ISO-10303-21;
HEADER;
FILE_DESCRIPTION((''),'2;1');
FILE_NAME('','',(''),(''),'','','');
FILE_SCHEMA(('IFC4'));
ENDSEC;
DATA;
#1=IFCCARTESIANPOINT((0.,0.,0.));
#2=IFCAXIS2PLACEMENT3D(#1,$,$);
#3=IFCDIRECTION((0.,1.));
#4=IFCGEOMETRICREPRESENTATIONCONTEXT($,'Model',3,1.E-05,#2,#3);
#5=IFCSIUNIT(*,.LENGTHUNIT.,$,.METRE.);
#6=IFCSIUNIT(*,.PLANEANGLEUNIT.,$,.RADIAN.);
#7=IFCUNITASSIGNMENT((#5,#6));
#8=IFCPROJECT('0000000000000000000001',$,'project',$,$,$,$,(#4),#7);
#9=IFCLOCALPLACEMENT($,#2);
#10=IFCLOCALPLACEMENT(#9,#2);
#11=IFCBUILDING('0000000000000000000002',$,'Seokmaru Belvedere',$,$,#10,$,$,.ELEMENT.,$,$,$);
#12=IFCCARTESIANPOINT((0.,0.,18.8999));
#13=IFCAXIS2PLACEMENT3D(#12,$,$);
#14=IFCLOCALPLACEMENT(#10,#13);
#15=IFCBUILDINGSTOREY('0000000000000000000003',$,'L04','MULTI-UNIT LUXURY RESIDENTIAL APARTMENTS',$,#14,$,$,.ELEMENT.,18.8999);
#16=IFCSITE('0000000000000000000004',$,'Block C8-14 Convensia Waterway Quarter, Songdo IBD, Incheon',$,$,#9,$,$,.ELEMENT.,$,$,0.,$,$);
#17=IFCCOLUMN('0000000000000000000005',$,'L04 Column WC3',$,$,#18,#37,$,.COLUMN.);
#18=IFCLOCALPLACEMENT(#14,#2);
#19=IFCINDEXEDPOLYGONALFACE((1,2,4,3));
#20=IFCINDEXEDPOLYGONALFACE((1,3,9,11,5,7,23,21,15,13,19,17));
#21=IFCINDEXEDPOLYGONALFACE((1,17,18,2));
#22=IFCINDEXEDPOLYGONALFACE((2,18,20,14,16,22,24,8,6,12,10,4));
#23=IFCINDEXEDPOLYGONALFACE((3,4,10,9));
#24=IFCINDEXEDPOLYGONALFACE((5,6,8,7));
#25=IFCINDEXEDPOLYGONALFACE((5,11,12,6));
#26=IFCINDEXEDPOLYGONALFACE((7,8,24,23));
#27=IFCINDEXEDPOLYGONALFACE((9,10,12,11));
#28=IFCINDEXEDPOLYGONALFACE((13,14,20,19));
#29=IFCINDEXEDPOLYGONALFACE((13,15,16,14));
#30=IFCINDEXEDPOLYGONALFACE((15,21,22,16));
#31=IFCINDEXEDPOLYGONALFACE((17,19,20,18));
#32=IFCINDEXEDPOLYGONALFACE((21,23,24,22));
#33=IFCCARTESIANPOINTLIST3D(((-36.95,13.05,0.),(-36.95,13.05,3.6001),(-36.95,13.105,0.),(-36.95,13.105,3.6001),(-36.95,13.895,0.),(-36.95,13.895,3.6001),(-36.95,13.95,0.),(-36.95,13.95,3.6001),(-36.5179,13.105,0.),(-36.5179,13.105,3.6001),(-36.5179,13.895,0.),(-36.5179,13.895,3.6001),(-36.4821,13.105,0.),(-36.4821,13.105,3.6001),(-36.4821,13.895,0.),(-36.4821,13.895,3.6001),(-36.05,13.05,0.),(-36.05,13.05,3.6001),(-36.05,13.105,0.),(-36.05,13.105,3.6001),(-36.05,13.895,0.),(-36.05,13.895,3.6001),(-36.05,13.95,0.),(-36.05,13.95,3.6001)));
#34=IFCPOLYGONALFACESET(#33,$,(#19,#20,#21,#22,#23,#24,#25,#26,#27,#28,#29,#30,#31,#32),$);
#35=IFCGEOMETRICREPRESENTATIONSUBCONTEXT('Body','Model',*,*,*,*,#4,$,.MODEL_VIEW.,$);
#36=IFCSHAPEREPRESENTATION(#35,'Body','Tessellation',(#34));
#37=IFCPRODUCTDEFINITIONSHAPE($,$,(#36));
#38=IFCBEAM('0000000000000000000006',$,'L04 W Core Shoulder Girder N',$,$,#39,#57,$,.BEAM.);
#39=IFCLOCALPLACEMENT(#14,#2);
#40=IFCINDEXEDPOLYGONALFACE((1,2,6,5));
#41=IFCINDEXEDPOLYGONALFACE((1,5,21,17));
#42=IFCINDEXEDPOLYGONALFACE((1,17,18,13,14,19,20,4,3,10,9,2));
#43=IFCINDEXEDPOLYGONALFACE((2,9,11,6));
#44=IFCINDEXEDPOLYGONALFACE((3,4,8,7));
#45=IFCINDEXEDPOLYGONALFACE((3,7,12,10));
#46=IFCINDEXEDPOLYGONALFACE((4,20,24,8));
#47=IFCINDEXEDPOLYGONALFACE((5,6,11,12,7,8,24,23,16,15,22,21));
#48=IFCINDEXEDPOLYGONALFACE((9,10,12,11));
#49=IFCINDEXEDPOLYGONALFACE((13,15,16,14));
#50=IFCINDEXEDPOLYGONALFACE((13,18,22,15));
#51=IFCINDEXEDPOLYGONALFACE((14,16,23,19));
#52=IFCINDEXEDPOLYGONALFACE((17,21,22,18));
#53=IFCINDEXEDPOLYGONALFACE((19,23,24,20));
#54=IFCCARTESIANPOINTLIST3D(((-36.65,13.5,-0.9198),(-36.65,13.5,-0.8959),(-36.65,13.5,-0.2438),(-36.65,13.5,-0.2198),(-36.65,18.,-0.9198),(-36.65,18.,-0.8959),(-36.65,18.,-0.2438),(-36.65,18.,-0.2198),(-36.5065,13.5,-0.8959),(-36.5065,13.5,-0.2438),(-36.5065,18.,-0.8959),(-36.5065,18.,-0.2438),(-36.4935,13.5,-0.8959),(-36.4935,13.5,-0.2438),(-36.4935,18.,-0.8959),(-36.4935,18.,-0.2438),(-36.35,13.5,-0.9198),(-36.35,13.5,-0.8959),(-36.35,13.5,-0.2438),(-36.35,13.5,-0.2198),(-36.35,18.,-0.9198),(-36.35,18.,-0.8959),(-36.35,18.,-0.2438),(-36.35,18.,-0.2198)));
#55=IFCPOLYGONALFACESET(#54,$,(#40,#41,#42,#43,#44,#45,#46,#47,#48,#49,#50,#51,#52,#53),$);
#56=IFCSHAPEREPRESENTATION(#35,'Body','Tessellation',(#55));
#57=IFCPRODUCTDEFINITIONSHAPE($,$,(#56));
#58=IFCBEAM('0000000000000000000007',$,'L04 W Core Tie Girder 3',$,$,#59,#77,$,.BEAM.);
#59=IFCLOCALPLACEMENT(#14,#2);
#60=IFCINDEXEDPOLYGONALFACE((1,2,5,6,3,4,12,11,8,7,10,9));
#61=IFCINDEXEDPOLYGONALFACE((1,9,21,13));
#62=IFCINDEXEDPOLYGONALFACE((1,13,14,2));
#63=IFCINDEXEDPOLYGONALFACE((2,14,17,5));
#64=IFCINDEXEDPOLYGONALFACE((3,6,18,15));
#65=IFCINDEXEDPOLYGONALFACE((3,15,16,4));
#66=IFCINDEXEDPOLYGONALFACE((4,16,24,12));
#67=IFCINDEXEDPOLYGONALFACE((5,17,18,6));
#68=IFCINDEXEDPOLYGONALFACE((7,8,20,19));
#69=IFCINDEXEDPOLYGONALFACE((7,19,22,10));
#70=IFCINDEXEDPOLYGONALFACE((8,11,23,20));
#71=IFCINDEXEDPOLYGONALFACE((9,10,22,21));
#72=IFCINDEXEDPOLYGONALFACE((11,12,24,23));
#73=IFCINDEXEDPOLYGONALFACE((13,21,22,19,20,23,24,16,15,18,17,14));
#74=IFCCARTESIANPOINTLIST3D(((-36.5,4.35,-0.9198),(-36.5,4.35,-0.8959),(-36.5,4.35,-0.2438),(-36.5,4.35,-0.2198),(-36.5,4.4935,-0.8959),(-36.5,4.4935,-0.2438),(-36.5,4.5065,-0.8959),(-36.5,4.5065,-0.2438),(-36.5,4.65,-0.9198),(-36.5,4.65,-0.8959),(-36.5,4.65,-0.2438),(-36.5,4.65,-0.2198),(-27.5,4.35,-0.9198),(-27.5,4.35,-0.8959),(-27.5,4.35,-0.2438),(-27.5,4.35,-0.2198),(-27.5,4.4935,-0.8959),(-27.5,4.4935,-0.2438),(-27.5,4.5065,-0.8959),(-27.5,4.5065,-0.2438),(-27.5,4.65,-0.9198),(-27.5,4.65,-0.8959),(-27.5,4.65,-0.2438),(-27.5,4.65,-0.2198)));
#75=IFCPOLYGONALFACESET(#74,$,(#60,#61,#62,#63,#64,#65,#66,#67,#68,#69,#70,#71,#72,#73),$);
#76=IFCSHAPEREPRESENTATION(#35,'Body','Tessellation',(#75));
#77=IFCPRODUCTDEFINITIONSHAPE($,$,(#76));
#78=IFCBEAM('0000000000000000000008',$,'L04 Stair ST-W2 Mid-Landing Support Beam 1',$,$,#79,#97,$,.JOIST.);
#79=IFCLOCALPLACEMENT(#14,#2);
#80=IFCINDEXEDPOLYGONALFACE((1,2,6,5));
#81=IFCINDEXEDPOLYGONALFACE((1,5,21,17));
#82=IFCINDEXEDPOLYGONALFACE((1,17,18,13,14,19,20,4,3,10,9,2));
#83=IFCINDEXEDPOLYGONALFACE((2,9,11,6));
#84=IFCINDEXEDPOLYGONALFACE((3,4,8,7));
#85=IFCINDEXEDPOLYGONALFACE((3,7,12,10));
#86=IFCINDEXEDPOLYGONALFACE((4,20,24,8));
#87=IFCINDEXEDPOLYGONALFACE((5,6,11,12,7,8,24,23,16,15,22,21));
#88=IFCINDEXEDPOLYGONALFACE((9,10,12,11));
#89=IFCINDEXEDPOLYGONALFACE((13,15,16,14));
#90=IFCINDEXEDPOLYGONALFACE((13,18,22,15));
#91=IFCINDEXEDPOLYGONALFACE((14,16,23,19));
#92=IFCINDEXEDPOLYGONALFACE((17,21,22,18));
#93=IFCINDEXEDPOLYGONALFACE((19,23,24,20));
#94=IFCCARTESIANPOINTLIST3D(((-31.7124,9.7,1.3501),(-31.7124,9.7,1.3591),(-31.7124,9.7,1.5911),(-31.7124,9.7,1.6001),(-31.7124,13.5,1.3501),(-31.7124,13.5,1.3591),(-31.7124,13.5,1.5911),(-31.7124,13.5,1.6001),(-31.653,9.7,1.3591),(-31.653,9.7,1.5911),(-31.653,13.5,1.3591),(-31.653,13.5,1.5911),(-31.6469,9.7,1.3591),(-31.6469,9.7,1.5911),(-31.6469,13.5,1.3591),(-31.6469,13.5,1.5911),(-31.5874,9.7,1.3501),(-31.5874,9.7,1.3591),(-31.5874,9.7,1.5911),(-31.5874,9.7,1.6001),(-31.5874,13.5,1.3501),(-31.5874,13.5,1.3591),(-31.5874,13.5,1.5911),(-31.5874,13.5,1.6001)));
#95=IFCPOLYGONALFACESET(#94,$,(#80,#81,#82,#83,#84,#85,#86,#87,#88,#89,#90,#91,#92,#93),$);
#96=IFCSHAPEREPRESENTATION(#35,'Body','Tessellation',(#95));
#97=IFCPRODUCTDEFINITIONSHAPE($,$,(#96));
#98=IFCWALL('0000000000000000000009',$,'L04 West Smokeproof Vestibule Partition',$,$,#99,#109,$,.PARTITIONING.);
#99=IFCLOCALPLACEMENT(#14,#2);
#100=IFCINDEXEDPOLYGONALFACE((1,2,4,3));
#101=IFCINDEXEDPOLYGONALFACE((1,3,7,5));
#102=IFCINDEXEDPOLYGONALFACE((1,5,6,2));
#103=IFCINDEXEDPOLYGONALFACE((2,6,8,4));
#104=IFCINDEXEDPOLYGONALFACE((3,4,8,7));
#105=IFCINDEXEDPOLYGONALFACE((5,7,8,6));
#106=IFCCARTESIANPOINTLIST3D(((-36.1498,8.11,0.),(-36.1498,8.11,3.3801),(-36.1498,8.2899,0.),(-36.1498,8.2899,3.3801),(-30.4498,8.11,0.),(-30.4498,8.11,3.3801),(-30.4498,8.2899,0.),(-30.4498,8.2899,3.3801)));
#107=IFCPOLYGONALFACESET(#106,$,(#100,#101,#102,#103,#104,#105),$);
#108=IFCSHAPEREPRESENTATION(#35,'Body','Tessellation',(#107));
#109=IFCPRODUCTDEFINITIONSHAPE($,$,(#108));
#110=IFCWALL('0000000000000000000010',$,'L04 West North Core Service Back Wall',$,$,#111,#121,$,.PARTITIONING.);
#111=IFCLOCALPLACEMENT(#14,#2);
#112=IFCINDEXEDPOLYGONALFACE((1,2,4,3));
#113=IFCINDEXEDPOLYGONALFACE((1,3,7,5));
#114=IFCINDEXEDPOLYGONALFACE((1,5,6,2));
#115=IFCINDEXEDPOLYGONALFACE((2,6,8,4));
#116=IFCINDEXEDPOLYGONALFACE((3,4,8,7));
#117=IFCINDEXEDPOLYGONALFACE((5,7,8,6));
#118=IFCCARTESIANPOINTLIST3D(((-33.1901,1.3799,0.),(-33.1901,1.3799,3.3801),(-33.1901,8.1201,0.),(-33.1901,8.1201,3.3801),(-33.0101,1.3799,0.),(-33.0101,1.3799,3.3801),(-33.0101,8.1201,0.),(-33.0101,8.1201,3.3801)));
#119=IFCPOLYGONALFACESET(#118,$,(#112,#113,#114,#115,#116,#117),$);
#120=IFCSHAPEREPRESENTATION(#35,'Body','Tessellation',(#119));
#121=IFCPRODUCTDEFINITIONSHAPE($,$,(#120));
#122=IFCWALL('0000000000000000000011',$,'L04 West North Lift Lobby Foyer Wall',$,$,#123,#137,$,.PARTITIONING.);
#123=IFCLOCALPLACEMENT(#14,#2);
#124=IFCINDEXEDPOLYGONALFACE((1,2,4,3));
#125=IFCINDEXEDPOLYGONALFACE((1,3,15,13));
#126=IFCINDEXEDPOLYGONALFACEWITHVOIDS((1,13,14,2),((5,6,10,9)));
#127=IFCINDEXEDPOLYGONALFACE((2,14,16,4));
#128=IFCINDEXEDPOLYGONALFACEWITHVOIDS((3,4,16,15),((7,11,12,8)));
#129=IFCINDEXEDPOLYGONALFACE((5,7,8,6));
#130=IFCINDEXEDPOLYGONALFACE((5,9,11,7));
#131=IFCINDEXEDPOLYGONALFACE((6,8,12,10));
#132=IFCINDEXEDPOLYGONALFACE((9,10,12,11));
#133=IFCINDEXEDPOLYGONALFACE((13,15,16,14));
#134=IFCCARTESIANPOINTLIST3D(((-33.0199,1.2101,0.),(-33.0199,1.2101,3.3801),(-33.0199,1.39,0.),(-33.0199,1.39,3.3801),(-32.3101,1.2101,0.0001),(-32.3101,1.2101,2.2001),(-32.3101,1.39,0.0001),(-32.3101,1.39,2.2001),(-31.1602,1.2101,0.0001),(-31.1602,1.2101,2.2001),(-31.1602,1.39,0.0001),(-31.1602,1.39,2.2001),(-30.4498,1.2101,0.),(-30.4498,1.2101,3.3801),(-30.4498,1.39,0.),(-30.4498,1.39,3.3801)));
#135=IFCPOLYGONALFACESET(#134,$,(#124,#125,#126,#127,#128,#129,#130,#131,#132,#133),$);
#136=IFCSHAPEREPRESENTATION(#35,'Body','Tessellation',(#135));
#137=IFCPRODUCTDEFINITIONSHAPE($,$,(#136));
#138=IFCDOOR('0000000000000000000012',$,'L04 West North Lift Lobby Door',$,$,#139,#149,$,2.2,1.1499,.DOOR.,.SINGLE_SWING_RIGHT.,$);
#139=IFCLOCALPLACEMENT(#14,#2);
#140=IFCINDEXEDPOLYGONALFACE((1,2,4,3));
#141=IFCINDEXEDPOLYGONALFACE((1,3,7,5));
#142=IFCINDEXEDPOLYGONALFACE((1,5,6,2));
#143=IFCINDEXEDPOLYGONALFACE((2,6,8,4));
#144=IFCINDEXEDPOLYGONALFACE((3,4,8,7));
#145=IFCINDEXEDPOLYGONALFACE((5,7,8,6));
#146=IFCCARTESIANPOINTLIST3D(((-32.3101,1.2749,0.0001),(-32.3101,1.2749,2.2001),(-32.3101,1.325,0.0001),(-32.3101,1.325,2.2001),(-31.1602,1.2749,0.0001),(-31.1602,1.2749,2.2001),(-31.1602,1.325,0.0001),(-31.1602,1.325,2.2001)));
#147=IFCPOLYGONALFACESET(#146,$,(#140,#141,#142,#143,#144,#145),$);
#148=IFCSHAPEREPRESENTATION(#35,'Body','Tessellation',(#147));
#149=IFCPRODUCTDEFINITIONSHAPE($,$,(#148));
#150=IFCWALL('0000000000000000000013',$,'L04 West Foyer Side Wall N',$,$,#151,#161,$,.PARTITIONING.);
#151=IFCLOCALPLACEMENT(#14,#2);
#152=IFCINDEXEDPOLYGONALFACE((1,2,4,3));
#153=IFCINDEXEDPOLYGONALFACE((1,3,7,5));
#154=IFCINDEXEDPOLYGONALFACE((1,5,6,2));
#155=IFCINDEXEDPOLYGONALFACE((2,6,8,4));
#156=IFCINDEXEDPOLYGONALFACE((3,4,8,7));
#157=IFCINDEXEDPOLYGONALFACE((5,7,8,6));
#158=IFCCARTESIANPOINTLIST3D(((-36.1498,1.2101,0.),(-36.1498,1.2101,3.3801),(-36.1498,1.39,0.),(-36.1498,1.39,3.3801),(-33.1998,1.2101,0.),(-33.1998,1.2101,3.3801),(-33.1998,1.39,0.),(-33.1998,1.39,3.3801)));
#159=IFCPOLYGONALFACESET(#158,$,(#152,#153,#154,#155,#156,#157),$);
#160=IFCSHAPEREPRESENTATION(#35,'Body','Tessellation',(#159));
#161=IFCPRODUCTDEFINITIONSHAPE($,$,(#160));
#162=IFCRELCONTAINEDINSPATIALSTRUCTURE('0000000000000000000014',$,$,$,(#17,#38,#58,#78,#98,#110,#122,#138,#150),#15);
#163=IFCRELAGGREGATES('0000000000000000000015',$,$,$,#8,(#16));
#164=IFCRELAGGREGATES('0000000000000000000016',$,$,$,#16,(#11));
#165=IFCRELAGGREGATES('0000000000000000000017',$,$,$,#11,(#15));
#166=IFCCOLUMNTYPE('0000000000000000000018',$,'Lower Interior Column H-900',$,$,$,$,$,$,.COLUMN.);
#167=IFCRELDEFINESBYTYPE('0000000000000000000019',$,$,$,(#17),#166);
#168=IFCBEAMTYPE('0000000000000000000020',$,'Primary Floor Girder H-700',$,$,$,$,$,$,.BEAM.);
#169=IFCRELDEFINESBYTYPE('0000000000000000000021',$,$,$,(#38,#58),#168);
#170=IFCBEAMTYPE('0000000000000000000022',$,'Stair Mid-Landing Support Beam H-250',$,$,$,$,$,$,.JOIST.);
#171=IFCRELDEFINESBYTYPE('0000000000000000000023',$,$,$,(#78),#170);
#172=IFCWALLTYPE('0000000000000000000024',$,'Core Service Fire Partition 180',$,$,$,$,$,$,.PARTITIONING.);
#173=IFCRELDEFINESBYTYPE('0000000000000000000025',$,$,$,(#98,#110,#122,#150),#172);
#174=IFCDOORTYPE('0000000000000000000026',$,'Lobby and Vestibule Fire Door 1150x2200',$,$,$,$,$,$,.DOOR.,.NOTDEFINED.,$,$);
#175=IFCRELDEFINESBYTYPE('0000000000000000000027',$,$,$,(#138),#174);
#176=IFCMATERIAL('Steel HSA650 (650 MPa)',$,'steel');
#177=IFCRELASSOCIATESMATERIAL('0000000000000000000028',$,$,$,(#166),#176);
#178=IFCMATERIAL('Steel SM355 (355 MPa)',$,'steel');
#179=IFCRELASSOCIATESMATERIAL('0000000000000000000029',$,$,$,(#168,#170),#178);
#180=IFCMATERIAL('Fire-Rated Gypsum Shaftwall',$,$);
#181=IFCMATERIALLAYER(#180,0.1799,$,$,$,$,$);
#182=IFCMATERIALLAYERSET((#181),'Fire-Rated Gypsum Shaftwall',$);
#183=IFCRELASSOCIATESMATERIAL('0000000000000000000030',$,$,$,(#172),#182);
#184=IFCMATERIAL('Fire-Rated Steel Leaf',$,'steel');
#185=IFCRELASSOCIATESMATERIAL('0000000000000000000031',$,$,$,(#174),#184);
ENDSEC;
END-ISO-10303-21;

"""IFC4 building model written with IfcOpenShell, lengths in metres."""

from ifc_helpers import new_model, si_unit, direction, frame, frame_2d, origin, origin_2d, place, context, subcontext, project, spatial, rectangle, i_section, extrude, source, transform, mapped, material, layer, layer_set, material_profile, profile_set, type_object, type_shapes, element, fill, save


model = new_model("IFC4")

# Units and contexts
model_context = context("Model", 3, precision=1e-05, world=origin(), true_north=direction((0.0, 1.0)))
body_context = subcontext(model_context, "Body", "Model", "MODEL_VIEW")
ifc_project = project(units=[si_unit("LENGTHUNIT", "METRE"), si_unit("PLANEANGLEUNIT", "RADIAN")], contexts=[model_context])

# Site, building, storey
site_placement = place(None, origin())
site = spatial("IfcSite", under=ifc_project, at=site_placement, Name="Block C8-14 Convensia Waterway Quarter, Songdo IBD, Incheon", CompositionType="ELEMENT", RefElevation=0.0)
building_placement = place(site_placement, origin())
building = spatial("IfcBuilding", under=site, at=building_placement, Name="Seokmaru Belvedere", CompositionType="ELEMENT")
storey_placement = place(building_placement, frame((0.0, 0.0, 18.8999)))
storey = spatial("IfcBuildingStorey", under=building, at=storey_placement, Name="L04", Description="MULTI-UNIT LUXURY RESIDENTIAL APARTMENTS", CompositionType="ELEMENT", Elevation=18.8999)

# Column
ifc_material_1 = material(Name="Steel HSA650 (650 MPa)", Category="steel")
ifc_material_profile_1 = material_profile(ifc_material_1, i_section(OverallWidth=0.8999, OverallDepth=0.8999, WebThickness=0.0359, FlangeThickness=0.0549, at=origin_2d()), Name="H-900x900x36x55")
ifc_profile_set_1 = profile_set([ifc_material_profile_1], Name="Steel HSA650 (650 MPa)")
column_type = type_object("IfcColumnType", Name="Lower Interior Column H-900", PredefinedType="COLUMN", material=ifc_profile_set_1)
shared_shape_1 = source(origin(), body_context, "Body", "SweptSolid", [
    extrude(i_section(OverallWidth=0.8999, OverallDepth=0.8999, WebThickness=0.0359, FlangeThickness=0.0549, at=origin_2d()), origin(), (0.0, 0.0, 1.0), 3.6001),
])
type_shapes(column_type, [shared_shape_1])
column_placement = place(storey_placement, frame((-36.5, 13.5, 0.0), z_axis=(0.0, 0.0, 1.0), x_axis=(1.0, 0.0, 0.0)))
element("IfcColumn", 1, at=column_placement, inside=storey, type_object=column_type, Name="L04 Column WC3", PredefinedType="COLUMN", context=body_context, shape_type="MappedRepresentation", body=[
    mapped(shared_shape_1, transform((0.0, 0.0, 0.0), scale=1.0)),
])

# Beams
ifc_material_2 = material(Name="Steel SM355 (355 MPa)", Category="steel")
ifc_material_profile_2 = material_profile(ifc_material_2, i_section(OverallWidth=0.3, OverallDepth=0.7, WebThickness=0.0129, FlangeThickness=0.0239, at=origin_2d()), Name="H-700x300x13x24")
ifc_profile_set_2 = profile_set([ifc_material_profile_2], Name="Steel SM355 (355 MPa)")
beam_type_1 = type_object("IfcBeamType", Name="Primary Floor Girder H-700", PredefinedType="BEAM", material=ifc_profile_set_2)
shared_shape_2 = source(origin(), body_context, "Body", "SweptSolid", [
    extrude(i_section(OverallWidth=0.3, OverallDepth=0.7, WebThickness=0.0129, FlangeThickness=0.0239, at=origin_2d()), origin(), (0.0, 0.0, 1.0), 4.5),
])
beam_1_placement = place(storey_placement, frame((-36.5, 13.5, -0.5698), z_axis=(0.0, 1.0, 0.0), x_axis=(-1.0, 0.0, 0.0)))
element("IfcBeam", 2, at=beam_1_placement, inside=storey, type_object=beam_type_1, Name="L04 W Core Shoulder Girder N", PredefinedType="BEAM", context=body_context, shape_type="MappedRepresentation", body=[
    mapped(shared_shape_2, transform((0.0, 0.0, 0.0), scale=1.0)),
])
shared_shape_3 = source(origin(), body_context, "Body", "SweptSolid", [
    extrude(i_section(OverallWidth=0.3, OverallDepth=0.7, WebThickness=0.0129, FlangeThickness=0.0239, at=origin_2d()), origin(), (0.0, 0.0, 1.0), 9.0),
])
type_shapes(beam_type_1, [shared_shape_2, shared_shape_3])
beam_2_placement = place(storey_placement, frame((-36.5, 4.5, -0.5698), z_axis=(1.0, 0.0, 0.0), x_axis=(0.0, 1.0, 0.0)))
element("IfcBeam", 3, at=beam_2_placement, inside=storey, type_object=beam_type_1, Name="L04 W Core Tie Girder 3", PredefinedType="BEAM", context=body_context, shape_type="MappedRepresentation", body=[
    mapped(shared_shape_3, transform((0.0, 0.0, 0.0), scale=1.0)),
])
ifc_material_profile_3 = material_profile(ifc_material_2, i_section(OverallWidth=0.125, OverallDepth=0.25, WebThickness=0.0061, FlangeThickness=0.009, at=origin_2d()), Name="H-250x125x6x9")
ifc_profile_set_3 = profile_set([ifc_material_profile_3], Name="Steel SM355 (355 MPa)")
beam_type_2 = type_object("IfcBeamType", Name="Stair Mid-Landing Support Beam H-250", PredefinedType="JOIST", material=ifc_profile_set_3)
shared_shape_4 = source(origin(), body_context, "Body", "SweptSolid", [
    extrude(i_section(OverallWidth=0.125, OverallDepth=0.25, WebThickness=0.0061, FlangeThickness=0.009, at=origin_2d()), origin(), (0.0, 0.0, 1.0), 3.8),
])
type_shapes(beam_type_2, [shared_shape_4])
beam_3_placement = place(storey_placement, frame((-31.6499, 9.7, 1.4751), z_axis=(0.0, 1.0, 0.0), x_axis=(-1.0, 0.0, 0.0)))
element("IfcBeam", 4, at=beam_3_placement, inside=storey, type_object=beam_type_2, Name="L04 Stair ST-W2 Mid-Landing Support Beam 1", PredefinedType="JOIST", context=body_context, shape_type="MappedRepresentation", body=[
    mapped(shared_shape_4, transform((0.0, 0.0, 0.0), scale=1.0)),
])

# Walls
ifc_material_3 = material(Name="Fire-Rated Gypsum Shaftwall")
ifc_layer_1 = layer(ifc_material_3, 0.1799)
ifc_layer_set_1 = layer_set([ifc_layer_1], Name="Fire-Rated Gypsum Shaftwall")
wall_type_1 = type_object("IfcWallType", Name="Core Service Fire Partition 180", PredefinedType="PARTITIONING", material=ifc_layer_set_1)
wall_1_placement = place(storey_placement, frame((-36.1499, 8.2, 0.0), z_axis=(0.0, 0.0, 1.0), x_axis=(1.0, 0.0, 0.0)))
element("IfcWall", 5, at=wall_1_placement, inside=storey, type_object=wall_type_1, Name="L04 West Smokeproof Vestibule Partition", PredefinedType="PARTITIONING", context=body_context, shape_type="SweptSolid", body=[
    extrude(rectangle(XDim=5.7, YDim=0.1799, at=frame_2d((2.8501, 0.0))), origin(), (0.0, 0.0, 1.0), 3.3801),
])
wall_2_placement = place(storey_placement, frame((-33.1001, 1.3799, 0.0), z_axis=(0.0, 0.0, 1.0), x_axis=(0.0, 1.0, 0.0)))
element("IfcWall", 6, at=wall_2_placement, inside=storey, type_object=wall_type_1, Name="L04 West North Core Service Back Wall", PredefinedType="PARTITIONING", context=body_context, shape_type="SweptSolid", body=[
    extrude(rectangle(XDim=6.7402, YDim=0.1799, at=frame_2d((3.3701, 0.0))), origin(), (0.0, 0.0, 1.0), 3.3801),
])

# Wall, opening, door
wall_3_placement = place(storey_placement, frame((-33.02, 1.3, 0.0), z_axis=(0.0, 0.0, 1.0), x_axis=(1.0, 0.0, 0.0)))
wall_3 = element("IfcWall", 7, at=wall_3_placement, inside=storey, type_object=wall_type_1, Name="L04 West North Lift Lobby Foyer Wall", PredefinedType="PARTITIONING", context=body_context, shape_type="SweptSolid", body=[
    extrude(rectangle(XDim=2.5701, YDim=0.1799, at=frame_2d((1.2852, 0.0))), origin(), (0.0, 0.0, 1.0), 3.3801),
])
opening_1_placement = place(wall_3_placement, frame((0.71, 0.0, 0.0)))
opening_1 = element("IfcOpeningElement", 8, at=opening_1_placement, cuts=wall_3, PredefinedType="OPENING", context=body_context, shape_type="SweptSolid", body=[
    extrude(rectangle(XDim=1.1499, YDim=2.2, at=frame_2d((0.575, 1.1001))), frame((0.0, 0.1001, 0.0), z_axis=(0.0, -1.0, 0.0), x_axis=(1.0, 0.0, 0.0)), (0.0, 0.0, 1.0), 0.2),
])
ifc_material_4 = material(Name="Fire-Rated Steel Leaf", Category="steel")
door_type_1 = type_object("IfcDoorType", Name="Lobby and Vestibule Fire Door 1150x2200", OperationType="NOTDEFINED", PredefinedType="DOOR", material=ifc_material_4)
shared_shape_5 = source(origin(), body_context, "Body", "SweptSolid", [
    extrude(rectangle(XDim=1.1499, YDim=2.2, at=frame_2d((0.575, 1.1001))), frame((0.0, 0.0249, 0.0), z_axis=(0.0, -1.0, 0.0), x_axis=(1.0, 0.0, 0.0)), (0.0, 0.0, 1.0), 0.05),
])
type_shapes(door_type_1, [shared_shape_5])
door_1_placement = place(opening_1_placement, origin())
door_1 = element("IfcDoor", 9, at=door_1_placement, inside=storey, type_object=door_type_1, Name="L04 West North Lift Lobby Door", OperationType="SINGLE_SWING_RIGHT", OverallHeight=2.2, OverallWidth=1.1499, PredefinedType="DOOR", context=body_context, shape_type="MappedRepresentation", body=[
    mapped(shared_shape_5, transform((0.0, 0.0, 0.0), scale=1.0)),
])
fill(opening_1, door_1)

# Wall
wall_4_placement = place(storey_placement, frame((-36.1499, 1.3, 0.0), z_axis=(0.0, 0.0, 1.0), x_axis=(1.0, 0.0, 0.0)))
element("IfcWall", 10, at=wall_4_placement, inside=storey, type_object=wall_type_1, Name="L04 West Foyer Side Wall N", PredefinedType="PARTITIONING", context=body_context, shape_type="SweptSolid", body=[
    extrude(rectangle(XDim=2.95, YDim=0.1799, at=frame_2d((1.4751, 0.0))), origin(), (0.0, 0.0, 1.0), 3.3801),
])

save(model, "model.ifc")
